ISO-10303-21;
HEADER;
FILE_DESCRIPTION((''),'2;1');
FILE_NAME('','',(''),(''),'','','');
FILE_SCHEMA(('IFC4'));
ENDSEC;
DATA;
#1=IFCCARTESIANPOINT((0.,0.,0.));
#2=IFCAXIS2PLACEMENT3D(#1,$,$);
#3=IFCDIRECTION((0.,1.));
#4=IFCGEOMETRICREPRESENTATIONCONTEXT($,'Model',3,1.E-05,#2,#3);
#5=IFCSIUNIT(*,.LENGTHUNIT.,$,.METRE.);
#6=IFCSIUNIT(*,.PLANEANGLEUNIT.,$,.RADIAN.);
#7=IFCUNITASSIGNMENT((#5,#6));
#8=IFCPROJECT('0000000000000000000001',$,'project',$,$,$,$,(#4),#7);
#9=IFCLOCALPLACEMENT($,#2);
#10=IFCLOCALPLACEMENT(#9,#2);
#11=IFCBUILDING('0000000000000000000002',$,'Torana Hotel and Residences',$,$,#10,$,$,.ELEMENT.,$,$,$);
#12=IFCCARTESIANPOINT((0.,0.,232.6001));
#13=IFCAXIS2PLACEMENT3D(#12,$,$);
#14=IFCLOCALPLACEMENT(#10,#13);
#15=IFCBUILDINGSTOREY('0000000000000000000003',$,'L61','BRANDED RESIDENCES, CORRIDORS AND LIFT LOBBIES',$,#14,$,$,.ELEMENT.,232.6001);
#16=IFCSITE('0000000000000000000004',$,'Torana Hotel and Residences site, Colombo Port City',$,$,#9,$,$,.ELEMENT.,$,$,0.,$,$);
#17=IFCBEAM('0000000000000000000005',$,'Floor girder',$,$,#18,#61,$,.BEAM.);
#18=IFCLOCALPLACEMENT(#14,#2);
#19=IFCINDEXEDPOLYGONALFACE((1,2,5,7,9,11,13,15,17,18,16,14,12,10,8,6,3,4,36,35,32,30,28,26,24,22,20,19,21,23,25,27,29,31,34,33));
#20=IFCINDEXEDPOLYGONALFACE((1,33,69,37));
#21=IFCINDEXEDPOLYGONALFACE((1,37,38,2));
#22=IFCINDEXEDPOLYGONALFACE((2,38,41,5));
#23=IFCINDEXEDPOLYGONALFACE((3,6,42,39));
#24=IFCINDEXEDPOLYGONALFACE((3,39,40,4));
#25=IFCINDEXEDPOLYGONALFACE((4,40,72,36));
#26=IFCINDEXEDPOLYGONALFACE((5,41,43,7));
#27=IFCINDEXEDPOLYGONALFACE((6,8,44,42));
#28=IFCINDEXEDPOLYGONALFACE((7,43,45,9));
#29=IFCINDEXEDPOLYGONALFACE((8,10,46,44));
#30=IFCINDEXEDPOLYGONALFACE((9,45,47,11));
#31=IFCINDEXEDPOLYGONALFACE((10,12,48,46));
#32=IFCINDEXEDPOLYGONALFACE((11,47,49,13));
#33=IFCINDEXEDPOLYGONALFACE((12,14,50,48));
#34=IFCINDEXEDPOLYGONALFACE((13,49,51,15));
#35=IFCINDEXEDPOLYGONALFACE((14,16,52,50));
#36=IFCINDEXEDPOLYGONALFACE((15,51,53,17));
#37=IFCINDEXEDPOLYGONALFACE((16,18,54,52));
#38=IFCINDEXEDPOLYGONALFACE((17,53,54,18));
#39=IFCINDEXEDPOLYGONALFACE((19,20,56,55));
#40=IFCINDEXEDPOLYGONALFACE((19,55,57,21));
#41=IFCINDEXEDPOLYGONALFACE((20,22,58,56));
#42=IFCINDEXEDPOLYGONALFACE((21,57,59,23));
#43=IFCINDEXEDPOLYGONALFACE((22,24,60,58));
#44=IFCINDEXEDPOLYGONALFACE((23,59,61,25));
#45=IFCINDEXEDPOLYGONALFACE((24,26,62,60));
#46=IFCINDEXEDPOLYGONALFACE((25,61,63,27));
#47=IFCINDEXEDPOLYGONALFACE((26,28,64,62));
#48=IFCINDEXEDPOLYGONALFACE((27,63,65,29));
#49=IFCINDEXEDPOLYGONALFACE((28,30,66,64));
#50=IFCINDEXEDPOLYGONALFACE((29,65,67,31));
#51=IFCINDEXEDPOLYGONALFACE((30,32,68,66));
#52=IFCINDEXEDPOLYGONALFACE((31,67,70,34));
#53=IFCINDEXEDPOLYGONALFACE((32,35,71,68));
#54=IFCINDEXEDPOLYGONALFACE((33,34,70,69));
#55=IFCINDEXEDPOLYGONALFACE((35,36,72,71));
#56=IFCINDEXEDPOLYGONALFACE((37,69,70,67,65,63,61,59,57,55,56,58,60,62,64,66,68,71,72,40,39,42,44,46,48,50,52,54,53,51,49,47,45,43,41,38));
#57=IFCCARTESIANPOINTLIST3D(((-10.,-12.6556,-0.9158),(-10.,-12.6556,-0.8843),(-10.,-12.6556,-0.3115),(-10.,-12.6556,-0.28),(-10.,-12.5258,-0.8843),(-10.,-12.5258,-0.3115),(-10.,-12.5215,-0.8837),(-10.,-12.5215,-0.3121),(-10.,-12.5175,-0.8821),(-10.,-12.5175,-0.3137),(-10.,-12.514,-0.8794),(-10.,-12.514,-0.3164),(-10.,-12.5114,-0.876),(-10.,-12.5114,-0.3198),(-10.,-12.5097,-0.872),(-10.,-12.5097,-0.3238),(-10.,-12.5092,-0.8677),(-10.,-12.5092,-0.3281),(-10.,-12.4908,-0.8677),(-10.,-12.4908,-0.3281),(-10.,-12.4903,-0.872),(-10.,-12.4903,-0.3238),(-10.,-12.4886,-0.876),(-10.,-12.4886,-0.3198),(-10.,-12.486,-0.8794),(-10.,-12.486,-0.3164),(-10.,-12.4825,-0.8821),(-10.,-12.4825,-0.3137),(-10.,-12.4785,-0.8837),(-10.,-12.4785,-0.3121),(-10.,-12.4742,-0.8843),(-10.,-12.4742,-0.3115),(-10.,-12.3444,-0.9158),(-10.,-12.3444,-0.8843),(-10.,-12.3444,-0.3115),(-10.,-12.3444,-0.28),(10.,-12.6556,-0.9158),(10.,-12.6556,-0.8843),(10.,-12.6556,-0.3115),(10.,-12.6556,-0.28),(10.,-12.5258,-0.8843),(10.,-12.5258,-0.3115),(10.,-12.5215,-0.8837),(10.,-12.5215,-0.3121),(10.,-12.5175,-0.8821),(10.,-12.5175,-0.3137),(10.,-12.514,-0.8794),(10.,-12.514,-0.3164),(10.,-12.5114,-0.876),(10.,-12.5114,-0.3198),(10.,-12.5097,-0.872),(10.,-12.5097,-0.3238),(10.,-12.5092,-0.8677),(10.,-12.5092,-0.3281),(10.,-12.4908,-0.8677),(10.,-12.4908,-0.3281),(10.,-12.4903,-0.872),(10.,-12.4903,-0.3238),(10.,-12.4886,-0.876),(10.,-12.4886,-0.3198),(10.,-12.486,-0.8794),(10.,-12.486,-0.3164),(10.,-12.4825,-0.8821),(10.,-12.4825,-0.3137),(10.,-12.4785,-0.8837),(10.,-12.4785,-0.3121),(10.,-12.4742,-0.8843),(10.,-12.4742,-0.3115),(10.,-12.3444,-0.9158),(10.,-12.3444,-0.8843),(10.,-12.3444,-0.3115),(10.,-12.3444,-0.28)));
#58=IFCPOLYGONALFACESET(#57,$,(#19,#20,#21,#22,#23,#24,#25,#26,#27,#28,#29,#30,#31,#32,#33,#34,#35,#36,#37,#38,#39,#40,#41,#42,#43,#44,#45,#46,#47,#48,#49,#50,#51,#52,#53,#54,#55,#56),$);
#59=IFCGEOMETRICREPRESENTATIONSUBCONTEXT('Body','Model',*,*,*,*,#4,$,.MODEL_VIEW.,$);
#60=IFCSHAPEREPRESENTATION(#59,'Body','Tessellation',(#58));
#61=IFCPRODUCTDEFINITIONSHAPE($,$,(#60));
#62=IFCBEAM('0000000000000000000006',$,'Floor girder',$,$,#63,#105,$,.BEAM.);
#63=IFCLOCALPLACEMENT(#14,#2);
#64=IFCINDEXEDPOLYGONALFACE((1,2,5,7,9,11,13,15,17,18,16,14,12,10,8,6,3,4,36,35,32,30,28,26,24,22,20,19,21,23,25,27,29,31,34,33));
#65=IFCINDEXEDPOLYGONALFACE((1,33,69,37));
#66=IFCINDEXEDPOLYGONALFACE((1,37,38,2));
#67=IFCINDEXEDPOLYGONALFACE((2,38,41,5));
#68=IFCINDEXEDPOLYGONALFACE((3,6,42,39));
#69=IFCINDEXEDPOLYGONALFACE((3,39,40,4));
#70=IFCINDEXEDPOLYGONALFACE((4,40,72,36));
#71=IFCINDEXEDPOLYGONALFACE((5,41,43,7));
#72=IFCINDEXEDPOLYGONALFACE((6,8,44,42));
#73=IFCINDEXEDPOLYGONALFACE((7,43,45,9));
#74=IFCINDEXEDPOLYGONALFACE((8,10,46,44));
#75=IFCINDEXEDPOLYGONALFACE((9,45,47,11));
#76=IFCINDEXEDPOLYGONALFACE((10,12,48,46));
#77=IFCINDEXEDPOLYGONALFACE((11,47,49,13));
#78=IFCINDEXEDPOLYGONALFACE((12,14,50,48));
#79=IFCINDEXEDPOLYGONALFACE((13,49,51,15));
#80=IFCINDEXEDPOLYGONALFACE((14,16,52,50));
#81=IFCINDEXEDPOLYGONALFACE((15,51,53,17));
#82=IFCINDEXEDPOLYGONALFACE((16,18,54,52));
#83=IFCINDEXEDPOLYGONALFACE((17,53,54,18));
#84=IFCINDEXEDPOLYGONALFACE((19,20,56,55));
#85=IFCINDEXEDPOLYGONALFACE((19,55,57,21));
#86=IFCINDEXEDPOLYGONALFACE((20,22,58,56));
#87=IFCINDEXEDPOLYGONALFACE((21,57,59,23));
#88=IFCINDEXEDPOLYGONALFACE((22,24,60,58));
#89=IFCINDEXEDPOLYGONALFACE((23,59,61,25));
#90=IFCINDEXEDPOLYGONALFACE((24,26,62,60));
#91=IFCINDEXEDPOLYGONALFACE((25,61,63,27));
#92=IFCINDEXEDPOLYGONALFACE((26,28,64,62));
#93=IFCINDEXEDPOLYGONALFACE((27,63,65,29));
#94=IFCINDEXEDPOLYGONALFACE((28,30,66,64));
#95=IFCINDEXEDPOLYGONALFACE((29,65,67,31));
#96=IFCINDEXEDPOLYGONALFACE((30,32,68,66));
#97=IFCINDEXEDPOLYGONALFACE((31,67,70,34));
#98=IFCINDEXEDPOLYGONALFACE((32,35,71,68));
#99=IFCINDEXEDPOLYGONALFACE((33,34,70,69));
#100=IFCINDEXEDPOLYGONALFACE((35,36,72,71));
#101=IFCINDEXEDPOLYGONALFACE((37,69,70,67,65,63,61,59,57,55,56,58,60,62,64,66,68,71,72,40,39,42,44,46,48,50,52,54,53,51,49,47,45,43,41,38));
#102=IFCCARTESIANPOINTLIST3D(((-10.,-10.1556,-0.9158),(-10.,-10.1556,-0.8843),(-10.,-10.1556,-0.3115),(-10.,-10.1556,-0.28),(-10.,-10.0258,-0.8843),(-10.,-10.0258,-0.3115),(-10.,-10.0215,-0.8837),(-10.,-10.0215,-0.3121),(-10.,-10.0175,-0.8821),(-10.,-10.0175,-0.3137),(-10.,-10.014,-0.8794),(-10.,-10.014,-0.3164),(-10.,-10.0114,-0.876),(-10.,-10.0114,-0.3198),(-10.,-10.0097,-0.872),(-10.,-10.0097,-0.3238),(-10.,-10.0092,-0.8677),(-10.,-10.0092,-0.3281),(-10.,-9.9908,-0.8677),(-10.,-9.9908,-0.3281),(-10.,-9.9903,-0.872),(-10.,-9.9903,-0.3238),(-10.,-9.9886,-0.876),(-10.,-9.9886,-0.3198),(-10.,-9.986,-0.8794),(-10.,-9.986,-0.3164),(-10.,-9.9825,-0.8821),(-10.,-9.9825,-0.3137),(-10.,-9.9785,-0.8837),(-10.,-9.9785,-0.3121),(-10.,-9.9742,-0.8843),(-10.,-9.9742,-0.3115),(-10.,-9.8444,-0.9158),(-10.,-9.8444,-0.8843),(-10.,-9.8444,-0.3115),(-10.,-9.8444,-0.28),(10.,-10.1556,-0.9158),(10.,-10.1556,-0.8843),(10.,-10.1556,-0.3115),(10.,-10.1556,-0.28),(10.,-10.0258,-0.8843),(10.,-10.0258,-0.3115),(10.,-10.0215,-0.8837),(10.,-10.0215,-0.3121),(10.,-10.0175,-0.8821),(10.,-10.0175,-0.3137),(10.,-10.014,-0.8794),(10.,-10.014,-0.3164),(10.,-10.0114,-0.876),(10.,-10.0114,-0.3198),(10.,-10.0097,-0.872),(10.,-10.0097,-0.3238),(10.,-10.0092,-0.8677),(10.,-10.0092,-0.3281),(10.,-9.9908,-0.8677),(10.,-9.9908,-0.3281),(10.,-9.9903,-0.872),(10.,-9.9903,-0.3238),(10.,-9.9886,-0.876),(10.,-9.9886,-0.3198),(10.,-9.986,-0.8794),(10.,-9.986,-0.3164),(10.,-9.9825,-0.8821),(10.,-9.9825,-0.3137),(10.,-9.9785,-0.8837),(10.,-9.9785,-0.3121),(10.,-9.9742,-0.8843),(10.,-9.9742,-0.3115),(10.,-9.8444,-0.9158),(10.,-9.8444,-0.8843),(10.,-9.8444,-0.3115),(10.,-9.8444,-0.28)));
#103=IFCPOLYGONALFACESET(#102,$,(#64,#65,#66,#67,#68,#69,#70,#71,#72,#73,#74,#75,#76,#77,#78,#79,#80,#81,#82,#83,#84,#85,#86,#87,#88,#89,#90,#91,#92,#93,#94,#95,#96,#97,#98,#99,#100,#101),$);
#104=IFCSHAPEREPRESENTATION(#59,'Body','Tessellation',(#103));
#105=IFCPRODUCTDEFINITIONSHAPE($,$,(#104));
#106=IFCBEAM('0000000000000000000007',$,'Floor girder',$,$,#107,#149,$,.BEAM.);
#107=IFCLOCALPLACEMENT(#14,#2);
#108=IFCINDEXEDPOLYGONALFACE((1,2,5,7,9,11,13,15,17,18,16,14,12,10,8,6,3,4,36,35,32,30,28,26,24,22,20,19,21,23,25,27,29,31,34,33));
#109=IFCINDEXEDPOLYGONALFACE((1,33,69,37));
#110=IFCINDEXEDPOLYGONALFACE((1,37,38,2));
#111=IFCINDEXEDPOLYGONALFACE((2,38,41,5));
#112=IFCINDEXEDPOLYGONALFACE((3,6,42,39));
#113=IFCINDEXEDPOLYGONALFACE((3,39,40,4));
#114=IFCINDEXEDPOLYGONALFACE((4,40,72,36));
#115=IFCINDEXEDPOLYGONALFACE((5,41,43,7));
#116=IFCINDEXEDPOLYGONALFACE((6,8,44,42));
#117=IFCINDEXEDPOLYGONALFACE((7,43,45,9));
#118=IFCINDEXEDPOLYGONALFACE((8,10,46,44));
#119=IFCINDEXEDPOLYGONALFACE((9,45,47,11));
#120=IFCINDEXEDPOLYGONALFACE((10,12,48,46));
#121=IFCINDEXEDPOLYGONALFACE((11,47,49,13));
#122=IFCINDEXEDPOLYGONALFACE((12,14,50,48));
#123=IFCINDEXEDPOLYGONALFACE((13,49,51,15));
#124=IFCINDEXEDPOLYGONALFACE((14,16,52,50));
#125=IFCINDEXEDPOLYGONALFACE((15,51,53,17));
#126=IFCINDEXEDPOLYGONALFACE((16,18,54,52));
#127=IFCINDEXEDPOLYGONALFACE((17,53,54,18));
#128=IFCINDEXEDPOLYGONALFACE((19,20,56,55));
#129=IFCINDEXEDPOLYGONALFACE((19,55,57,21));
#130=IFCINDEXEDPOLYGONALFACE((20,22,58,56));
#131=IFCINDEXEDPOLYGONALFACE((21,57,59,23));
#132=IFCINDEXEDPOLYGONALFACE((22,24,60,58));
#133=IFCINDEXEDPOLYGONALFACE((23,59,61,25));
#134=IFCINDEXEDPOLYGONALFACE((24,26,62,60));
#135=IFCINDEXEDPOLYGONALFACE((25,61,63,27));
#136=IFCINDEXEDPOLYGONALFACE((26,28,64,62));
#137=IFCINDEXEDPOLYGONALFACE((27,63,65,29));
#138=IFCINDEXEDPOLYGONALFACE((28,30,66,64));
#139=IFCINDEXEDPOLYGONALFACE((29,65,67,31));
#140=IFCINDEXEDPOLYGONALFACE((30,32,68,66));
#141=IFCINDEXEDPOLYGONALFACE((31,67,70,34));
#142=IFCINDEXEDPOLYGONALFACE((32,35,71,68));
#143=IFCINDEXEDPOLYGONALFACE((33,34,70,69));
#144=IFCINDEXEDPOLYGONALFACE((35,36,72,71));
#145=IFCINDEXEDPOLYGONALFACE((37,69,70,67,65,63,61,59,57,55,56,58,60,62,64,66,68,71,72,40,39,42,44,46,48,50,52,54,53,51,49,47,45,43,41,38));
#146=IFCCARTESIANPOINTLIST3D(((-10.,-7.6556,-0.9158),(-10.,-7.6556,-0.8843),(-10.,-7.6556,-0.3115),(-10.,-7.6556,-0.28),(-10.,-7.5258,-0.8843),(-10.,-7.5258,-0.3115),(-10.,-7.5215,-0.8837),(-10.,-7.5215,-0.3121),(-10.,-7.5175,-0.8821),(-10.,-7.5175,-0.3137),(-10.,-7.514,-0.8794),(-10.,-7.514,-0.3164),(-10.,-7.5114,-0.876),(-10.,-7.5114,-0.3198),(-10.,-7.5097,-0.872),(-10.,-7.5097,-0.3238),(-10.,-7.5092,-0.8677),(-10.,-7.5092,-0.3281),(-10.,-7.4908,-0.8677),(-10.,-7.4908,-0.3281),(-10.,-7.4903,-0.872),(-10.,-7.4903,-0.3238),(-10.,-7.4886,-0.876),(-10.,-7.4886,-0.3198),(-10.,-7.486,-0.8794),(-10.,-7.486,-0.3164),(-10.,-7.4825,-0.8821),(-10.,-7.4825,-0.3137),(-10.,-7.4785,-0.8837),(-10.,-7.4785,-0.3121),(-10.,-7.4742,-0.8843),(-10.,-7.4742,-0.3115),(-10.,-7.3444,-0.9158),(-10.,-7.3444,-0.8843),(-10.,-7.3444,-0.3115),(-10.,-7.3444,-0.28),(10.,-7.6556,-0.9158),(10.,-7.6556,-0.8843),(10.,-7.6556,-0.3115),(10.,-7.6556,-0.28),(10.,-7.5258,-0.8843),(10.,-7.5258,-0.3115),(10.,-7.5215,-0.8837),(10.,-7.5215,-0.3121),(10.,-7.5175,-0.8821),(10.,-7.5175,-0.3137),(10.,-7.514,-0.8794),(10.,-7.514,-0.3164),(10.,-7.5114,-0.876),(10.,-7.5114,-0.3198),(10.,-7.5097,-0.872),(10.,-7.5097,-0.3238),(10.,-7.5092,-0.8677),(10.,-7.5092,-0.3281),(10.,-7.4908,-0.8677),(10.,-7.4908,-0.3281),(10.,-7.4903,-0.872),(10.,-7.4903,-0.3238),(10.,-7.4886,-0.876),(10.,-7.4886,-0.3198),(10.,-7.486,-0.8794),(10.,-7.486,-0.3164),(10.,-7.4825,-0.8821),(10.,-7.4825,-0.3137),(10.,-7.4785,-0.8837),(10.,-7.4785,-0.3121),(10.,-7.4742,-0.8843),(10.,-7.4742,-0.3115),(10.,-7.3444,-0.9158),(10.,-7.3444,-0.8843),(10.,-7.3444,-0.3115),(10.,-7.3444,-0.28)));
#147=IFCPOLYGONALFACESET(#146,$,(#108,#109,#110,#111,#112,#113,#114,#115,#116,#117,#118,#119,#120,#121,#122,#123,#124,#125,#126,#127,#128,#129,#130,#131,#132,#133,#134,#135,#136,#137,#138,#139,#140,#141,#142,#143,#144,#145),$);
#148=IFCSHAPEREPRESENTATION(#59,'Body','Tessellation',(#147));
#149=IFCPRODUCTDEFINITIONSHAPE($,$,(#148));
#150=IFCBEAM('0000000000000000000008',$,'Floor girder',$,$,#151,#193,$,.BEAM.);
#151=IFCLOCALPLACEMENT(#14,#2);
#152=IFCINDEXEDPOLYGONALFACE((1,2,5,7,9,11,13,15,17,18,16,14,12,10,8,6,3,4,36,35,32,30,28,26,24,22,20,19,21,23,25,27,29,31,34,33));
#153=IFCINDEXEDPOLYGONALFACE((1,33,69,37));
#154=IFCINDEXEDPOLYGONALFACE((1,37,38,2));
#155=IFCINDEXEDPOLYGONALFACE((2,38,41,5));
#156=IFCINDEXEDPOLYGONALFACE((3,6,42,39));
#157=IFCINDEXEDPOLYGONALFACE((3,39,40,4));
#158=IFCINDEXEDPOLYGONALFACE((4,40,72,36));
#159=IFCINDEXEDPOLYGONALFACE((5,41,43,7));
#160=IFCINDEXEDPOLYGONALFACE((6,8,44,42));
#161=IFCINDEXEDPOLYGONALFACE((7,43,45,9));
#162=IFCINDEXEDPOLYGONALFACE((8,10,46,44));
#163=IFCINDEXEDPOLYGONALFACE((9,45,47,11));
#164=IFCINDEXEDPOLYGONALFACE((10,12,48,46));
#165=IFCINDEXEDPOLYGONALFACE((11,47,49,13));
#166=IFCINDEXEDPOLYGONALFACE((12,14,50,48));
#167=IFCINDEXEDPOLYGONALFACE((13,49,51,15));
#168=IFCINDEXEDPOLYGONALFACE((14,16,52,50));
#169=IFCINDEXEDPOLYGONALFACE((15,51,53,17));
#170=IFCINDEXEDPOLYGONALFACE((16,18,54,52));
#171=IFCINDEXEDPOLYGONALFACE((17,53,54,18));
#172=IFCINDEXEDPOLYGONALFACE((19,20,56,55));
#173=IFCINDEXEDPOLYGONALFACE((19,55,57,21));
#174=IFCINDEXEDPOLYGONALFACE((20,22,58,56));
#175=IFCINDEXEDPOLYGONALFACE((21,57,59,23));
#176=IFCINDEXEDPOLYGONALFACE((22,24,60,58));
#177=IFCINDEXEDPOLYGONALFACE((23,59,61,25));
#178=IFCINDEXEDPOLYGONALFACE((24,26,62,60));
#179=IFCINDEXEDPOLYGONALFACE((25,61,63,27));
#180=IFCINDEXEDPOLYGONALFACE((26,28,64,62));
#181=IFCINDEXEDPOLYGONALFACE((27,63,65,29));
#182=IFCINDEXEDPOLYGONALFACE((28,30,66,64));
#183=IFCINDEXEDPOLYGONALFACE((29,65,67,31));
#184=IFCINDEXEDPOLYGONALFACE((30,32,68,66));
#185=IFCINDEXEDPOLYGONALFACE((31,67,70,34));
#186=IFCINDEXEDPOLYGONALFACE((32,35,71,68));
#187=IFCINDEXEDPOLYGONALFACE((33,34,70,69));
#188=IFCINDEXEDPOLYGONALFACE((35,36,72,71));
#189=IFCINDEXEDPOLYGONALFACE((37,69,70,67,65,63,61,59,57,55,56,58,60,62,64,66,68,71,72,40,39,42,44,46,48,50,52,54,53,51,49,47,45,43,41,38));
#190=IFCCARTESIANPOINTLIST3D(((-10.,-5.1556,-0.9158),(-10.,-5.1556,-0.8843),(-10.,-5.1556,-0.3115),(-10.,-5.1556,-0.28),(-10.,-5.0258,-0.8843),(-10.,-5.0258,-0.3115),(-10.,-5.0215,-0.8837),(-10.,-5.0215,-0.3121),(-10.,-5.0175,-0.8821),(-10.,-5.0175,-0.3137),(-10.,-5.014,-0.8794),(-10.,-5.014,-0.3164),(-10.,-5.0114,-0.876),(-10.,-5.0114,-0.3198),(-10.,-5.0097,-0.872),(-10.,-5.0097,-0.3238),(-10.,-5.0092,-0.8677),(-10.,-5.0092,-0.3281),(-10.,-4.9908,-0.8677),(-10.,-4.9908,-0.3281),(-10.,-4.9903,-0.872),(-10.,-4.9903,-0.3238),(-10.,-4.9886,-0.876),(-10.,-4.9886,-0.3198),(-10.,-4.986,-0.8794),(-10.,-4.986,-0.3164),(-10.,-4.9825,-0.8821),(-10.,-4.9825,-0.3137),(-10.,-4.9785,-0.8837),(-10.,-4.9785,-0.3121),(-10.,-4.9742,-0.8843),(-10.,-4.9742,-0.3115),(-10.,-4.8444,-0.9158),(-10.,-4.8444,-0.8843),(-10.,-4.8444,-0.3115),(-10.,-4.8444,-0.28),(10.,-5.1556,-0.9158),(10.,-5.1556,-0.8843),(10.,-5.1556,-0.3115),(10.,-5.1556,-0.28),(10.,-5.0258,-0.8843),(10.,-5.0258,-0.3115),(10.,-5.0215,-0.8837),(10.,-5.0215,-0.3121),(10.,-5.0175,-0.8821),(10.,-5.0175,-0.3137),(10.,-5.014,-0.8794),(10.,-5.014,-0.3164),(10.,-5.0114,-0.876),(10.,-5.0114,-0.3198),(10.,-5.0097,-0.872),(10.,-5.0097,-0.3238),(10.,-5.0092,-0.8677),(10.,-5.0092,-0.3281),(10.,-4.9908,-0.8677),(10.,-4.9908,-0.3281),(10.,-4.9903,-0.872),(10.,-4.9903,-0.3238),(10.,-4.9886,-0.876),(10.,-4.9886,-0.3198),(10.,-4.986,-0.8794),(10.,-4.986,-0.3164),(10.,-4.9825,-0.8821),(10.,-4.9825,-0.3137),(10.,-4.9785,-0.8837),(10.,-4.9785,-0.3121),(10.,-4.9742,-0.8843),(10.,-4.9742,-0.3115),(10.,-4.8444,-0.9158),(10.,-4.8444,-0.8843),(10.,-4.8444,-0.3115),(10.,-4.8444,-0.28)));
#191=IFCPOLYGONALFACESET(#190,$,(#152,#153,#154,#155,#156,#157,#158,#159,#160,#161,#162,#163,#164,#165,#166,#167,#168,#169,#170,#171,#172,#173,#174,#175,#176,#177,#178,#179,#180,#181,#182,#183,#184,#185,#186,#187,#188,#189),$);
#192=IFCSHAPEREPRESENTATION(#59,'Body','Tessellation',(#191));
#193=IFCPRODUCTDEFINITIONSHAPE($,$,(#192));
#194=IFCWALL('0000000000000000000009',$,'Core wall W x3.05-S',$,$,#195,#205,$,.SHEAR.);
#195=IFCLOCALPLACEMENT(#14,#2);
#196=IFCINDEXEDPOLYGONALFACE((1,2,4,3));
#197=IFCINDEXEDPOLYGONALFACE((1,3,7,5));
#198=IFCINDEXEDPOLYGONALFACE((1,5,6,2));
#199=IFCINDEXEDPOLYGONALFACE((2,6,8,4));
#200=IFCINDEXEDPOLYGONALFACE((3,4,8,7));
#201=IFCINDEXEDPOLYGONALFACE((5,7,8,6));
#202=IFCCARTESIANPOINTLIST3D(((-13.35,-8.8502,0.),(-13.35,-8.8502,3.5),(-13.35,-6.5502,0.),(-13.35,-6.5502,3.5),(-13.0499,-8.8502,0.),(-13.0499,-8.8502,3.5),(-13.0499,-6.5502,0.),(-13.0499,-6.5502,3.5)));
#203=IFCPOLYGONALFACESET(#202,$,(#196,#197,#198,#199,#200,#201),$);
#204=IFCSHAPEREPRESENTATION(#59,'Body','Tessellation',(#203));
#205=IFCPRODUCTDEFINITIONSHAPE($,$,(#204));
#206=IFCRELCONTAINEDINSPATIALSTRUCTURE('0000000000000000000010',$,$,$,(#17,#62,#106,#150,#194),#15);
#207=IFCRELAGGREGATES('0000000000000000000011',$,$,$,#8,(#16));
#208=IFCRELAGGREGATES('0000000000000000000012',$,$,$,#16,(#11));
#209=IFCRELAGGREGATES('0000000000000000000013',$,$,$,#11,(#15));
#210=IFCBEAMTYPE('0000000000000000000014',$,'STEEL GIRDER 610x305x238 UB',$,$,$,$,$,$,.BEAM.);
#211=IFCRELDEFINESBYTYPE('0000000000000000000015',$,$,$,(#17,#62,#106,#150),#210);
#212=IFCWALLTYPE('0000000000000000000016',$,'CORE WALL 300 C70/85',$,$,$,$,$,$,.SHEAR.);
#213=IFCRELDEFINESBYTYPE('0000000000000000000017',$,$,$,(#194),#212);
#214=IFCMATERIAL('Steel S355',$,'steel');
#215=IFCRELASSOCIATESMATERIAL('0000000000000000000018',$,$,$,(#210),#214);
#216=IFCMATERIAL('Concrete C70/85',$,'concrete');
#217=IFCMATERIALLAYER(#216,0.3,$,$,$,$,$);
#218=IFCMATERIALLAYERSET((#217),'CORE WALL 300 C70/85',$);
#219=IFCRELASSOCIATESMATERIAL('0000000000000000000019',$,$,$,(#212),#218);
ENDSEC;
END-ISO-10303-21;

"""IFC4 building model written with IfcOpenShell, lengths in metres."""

from ifc_helpers import new_model, si_unit, direction, frame, frame_2d, origin, origin_2d, place, context, subcontext, project, spatial, rectangle, i_section, extrude, material, layer, layer_set, material_profile, profile_set, type_object, element, save


model = new_model("IFC4")

# Units and contexts
model_context = context("Model", 3, precision=1e-05, world=origin(), true_north=direction((0.0, 1.0)))
body_context = subcontext(model_context, "Body", "Model", "MODEL_VIEW")
ifc_project = project(units=[si_unit("LENGTHUNIT", "METRE"), si_unit("PLANEANGLEUNIT", "RADIAN")], contexts=[model_context])

# Site, building, storey
site_placement = place(None, origin())
site = spatial("IfcSite", under=ifc_project, at=site_placement, Name="Torana Hotel and Residences site, Colombo Port City", CompositionType="ELEMENT", RefElevation=0.0)
building_placement = place(site_placement, origin())
building = spatial("IfcBuilding", under=site, at=building_placement, Name="Torana Hotel and Residences", CompositionType="ELEMENT")
storey_placement = place(building_placement, frame((0.0, 0.0, 232.6001)))
storey = spatial("IfcBuildingStorey", under=building, at=storey_placement, Name="L61", Description="BRANDED RESIDENCES, CORRIDORS AND LIFT LOBBIES", CompositionType="ELEMENT", Elevation=232.6001)

# Beams
ifc_material_1 = material(Name="Steel S355", Category="steel")
ifc_material_profile = material_profile(ifc_material_1, i_section(OverallWidth=0.3113, OverallDepth=0.6357, WebThickness=0.0183, FlangeThickness=0.0315, FilletRadius=0.0166, at=origin_2d()), Name="610x305x238 UB")
ifc_profile_set = profile_set([ifc_material_profile], Name="Steel S355")
beam_type = type_object("IfcBeamType", Name="STEEL GIRDER 610x305x238 UB", PredefinedType="BEAM", material=ifc_profile_set)
for number, where, z_axis, x_axis, name in (
    (1, (-10.0, -12.5, -0.5979), (1.0, 0.0, 0.0), (0.0, 1.0, 0.0), "Floor girder"),
    (2, (-10.0, -10.0, -0.5979), (1.0, 0.0, 0.0), (0.0, 1.0, 0.0), "Floor girder"),
    (3, (-10.0, -7.5, -0.5979), (1.0, 0.0, 0.0), (0.0, 1.0, 0.0), "Floor girder"),
    (4, (-10.0, -5.0, -0.5979), (1.0, 0.0, 0.0), (0.0, 1.0, 0.0), "Floor girder"),
):
    element("IfcBeam", number, at=place(storey_placement, frame(where, z_axis=z_axis, x_axis=x_axis)), inside=storey, type_object=beam_type, Name=name, PredefinedType="BEAM", context=body_context, shape_type="SweptSolid", body=[
        extrude(i_section(OverallWidth=0.3113, OverallDepth=0.6357, WebThickness=0.0183, FlangeThickness=0.0315, FilletRadius=0.0166, at=origin_2d()), origin(), (0.0, 0.0, 1.0), 20.0),
    ])

# Wall
ifc_material_2 = material(Name="Concrete C70/85", Category="concrete")
ifc_layer_1 = layer(ifc_material_2, 0.3)
ifc_layer_set_1 = layer_set([ifc_layer_1], Name="CORE WALL 300 C70/85")
wall_type_1 = type_object("IfcWallType", Name="CORE WALL 300 C70/85", PredefinedType="SHEAR", material=ifc_layer_set_1)
wall_1_placement = place(storey_placement, frame((-13.2, -8.8501, 0.0), z_axis=(0.0, 0.0, 1.0), x_axis=(0.0, 1.0, 0.0)))
element("IfcWall", 5, at=wall_1_placement, inside=storey, type_object=wall_type_1, Name="Core wall W x3.05-S", PredefinedType="SHEAR", context=body_context, shape_type="SweptSolid", body=[
    extrude(rectangle(XDim=2.3, YDim=0.3, at=frame_2d((1.1499, 0.0))), origin(), (0.0, 0.0, 1.0), 3.5),
])

save(model, "model.ifc")
